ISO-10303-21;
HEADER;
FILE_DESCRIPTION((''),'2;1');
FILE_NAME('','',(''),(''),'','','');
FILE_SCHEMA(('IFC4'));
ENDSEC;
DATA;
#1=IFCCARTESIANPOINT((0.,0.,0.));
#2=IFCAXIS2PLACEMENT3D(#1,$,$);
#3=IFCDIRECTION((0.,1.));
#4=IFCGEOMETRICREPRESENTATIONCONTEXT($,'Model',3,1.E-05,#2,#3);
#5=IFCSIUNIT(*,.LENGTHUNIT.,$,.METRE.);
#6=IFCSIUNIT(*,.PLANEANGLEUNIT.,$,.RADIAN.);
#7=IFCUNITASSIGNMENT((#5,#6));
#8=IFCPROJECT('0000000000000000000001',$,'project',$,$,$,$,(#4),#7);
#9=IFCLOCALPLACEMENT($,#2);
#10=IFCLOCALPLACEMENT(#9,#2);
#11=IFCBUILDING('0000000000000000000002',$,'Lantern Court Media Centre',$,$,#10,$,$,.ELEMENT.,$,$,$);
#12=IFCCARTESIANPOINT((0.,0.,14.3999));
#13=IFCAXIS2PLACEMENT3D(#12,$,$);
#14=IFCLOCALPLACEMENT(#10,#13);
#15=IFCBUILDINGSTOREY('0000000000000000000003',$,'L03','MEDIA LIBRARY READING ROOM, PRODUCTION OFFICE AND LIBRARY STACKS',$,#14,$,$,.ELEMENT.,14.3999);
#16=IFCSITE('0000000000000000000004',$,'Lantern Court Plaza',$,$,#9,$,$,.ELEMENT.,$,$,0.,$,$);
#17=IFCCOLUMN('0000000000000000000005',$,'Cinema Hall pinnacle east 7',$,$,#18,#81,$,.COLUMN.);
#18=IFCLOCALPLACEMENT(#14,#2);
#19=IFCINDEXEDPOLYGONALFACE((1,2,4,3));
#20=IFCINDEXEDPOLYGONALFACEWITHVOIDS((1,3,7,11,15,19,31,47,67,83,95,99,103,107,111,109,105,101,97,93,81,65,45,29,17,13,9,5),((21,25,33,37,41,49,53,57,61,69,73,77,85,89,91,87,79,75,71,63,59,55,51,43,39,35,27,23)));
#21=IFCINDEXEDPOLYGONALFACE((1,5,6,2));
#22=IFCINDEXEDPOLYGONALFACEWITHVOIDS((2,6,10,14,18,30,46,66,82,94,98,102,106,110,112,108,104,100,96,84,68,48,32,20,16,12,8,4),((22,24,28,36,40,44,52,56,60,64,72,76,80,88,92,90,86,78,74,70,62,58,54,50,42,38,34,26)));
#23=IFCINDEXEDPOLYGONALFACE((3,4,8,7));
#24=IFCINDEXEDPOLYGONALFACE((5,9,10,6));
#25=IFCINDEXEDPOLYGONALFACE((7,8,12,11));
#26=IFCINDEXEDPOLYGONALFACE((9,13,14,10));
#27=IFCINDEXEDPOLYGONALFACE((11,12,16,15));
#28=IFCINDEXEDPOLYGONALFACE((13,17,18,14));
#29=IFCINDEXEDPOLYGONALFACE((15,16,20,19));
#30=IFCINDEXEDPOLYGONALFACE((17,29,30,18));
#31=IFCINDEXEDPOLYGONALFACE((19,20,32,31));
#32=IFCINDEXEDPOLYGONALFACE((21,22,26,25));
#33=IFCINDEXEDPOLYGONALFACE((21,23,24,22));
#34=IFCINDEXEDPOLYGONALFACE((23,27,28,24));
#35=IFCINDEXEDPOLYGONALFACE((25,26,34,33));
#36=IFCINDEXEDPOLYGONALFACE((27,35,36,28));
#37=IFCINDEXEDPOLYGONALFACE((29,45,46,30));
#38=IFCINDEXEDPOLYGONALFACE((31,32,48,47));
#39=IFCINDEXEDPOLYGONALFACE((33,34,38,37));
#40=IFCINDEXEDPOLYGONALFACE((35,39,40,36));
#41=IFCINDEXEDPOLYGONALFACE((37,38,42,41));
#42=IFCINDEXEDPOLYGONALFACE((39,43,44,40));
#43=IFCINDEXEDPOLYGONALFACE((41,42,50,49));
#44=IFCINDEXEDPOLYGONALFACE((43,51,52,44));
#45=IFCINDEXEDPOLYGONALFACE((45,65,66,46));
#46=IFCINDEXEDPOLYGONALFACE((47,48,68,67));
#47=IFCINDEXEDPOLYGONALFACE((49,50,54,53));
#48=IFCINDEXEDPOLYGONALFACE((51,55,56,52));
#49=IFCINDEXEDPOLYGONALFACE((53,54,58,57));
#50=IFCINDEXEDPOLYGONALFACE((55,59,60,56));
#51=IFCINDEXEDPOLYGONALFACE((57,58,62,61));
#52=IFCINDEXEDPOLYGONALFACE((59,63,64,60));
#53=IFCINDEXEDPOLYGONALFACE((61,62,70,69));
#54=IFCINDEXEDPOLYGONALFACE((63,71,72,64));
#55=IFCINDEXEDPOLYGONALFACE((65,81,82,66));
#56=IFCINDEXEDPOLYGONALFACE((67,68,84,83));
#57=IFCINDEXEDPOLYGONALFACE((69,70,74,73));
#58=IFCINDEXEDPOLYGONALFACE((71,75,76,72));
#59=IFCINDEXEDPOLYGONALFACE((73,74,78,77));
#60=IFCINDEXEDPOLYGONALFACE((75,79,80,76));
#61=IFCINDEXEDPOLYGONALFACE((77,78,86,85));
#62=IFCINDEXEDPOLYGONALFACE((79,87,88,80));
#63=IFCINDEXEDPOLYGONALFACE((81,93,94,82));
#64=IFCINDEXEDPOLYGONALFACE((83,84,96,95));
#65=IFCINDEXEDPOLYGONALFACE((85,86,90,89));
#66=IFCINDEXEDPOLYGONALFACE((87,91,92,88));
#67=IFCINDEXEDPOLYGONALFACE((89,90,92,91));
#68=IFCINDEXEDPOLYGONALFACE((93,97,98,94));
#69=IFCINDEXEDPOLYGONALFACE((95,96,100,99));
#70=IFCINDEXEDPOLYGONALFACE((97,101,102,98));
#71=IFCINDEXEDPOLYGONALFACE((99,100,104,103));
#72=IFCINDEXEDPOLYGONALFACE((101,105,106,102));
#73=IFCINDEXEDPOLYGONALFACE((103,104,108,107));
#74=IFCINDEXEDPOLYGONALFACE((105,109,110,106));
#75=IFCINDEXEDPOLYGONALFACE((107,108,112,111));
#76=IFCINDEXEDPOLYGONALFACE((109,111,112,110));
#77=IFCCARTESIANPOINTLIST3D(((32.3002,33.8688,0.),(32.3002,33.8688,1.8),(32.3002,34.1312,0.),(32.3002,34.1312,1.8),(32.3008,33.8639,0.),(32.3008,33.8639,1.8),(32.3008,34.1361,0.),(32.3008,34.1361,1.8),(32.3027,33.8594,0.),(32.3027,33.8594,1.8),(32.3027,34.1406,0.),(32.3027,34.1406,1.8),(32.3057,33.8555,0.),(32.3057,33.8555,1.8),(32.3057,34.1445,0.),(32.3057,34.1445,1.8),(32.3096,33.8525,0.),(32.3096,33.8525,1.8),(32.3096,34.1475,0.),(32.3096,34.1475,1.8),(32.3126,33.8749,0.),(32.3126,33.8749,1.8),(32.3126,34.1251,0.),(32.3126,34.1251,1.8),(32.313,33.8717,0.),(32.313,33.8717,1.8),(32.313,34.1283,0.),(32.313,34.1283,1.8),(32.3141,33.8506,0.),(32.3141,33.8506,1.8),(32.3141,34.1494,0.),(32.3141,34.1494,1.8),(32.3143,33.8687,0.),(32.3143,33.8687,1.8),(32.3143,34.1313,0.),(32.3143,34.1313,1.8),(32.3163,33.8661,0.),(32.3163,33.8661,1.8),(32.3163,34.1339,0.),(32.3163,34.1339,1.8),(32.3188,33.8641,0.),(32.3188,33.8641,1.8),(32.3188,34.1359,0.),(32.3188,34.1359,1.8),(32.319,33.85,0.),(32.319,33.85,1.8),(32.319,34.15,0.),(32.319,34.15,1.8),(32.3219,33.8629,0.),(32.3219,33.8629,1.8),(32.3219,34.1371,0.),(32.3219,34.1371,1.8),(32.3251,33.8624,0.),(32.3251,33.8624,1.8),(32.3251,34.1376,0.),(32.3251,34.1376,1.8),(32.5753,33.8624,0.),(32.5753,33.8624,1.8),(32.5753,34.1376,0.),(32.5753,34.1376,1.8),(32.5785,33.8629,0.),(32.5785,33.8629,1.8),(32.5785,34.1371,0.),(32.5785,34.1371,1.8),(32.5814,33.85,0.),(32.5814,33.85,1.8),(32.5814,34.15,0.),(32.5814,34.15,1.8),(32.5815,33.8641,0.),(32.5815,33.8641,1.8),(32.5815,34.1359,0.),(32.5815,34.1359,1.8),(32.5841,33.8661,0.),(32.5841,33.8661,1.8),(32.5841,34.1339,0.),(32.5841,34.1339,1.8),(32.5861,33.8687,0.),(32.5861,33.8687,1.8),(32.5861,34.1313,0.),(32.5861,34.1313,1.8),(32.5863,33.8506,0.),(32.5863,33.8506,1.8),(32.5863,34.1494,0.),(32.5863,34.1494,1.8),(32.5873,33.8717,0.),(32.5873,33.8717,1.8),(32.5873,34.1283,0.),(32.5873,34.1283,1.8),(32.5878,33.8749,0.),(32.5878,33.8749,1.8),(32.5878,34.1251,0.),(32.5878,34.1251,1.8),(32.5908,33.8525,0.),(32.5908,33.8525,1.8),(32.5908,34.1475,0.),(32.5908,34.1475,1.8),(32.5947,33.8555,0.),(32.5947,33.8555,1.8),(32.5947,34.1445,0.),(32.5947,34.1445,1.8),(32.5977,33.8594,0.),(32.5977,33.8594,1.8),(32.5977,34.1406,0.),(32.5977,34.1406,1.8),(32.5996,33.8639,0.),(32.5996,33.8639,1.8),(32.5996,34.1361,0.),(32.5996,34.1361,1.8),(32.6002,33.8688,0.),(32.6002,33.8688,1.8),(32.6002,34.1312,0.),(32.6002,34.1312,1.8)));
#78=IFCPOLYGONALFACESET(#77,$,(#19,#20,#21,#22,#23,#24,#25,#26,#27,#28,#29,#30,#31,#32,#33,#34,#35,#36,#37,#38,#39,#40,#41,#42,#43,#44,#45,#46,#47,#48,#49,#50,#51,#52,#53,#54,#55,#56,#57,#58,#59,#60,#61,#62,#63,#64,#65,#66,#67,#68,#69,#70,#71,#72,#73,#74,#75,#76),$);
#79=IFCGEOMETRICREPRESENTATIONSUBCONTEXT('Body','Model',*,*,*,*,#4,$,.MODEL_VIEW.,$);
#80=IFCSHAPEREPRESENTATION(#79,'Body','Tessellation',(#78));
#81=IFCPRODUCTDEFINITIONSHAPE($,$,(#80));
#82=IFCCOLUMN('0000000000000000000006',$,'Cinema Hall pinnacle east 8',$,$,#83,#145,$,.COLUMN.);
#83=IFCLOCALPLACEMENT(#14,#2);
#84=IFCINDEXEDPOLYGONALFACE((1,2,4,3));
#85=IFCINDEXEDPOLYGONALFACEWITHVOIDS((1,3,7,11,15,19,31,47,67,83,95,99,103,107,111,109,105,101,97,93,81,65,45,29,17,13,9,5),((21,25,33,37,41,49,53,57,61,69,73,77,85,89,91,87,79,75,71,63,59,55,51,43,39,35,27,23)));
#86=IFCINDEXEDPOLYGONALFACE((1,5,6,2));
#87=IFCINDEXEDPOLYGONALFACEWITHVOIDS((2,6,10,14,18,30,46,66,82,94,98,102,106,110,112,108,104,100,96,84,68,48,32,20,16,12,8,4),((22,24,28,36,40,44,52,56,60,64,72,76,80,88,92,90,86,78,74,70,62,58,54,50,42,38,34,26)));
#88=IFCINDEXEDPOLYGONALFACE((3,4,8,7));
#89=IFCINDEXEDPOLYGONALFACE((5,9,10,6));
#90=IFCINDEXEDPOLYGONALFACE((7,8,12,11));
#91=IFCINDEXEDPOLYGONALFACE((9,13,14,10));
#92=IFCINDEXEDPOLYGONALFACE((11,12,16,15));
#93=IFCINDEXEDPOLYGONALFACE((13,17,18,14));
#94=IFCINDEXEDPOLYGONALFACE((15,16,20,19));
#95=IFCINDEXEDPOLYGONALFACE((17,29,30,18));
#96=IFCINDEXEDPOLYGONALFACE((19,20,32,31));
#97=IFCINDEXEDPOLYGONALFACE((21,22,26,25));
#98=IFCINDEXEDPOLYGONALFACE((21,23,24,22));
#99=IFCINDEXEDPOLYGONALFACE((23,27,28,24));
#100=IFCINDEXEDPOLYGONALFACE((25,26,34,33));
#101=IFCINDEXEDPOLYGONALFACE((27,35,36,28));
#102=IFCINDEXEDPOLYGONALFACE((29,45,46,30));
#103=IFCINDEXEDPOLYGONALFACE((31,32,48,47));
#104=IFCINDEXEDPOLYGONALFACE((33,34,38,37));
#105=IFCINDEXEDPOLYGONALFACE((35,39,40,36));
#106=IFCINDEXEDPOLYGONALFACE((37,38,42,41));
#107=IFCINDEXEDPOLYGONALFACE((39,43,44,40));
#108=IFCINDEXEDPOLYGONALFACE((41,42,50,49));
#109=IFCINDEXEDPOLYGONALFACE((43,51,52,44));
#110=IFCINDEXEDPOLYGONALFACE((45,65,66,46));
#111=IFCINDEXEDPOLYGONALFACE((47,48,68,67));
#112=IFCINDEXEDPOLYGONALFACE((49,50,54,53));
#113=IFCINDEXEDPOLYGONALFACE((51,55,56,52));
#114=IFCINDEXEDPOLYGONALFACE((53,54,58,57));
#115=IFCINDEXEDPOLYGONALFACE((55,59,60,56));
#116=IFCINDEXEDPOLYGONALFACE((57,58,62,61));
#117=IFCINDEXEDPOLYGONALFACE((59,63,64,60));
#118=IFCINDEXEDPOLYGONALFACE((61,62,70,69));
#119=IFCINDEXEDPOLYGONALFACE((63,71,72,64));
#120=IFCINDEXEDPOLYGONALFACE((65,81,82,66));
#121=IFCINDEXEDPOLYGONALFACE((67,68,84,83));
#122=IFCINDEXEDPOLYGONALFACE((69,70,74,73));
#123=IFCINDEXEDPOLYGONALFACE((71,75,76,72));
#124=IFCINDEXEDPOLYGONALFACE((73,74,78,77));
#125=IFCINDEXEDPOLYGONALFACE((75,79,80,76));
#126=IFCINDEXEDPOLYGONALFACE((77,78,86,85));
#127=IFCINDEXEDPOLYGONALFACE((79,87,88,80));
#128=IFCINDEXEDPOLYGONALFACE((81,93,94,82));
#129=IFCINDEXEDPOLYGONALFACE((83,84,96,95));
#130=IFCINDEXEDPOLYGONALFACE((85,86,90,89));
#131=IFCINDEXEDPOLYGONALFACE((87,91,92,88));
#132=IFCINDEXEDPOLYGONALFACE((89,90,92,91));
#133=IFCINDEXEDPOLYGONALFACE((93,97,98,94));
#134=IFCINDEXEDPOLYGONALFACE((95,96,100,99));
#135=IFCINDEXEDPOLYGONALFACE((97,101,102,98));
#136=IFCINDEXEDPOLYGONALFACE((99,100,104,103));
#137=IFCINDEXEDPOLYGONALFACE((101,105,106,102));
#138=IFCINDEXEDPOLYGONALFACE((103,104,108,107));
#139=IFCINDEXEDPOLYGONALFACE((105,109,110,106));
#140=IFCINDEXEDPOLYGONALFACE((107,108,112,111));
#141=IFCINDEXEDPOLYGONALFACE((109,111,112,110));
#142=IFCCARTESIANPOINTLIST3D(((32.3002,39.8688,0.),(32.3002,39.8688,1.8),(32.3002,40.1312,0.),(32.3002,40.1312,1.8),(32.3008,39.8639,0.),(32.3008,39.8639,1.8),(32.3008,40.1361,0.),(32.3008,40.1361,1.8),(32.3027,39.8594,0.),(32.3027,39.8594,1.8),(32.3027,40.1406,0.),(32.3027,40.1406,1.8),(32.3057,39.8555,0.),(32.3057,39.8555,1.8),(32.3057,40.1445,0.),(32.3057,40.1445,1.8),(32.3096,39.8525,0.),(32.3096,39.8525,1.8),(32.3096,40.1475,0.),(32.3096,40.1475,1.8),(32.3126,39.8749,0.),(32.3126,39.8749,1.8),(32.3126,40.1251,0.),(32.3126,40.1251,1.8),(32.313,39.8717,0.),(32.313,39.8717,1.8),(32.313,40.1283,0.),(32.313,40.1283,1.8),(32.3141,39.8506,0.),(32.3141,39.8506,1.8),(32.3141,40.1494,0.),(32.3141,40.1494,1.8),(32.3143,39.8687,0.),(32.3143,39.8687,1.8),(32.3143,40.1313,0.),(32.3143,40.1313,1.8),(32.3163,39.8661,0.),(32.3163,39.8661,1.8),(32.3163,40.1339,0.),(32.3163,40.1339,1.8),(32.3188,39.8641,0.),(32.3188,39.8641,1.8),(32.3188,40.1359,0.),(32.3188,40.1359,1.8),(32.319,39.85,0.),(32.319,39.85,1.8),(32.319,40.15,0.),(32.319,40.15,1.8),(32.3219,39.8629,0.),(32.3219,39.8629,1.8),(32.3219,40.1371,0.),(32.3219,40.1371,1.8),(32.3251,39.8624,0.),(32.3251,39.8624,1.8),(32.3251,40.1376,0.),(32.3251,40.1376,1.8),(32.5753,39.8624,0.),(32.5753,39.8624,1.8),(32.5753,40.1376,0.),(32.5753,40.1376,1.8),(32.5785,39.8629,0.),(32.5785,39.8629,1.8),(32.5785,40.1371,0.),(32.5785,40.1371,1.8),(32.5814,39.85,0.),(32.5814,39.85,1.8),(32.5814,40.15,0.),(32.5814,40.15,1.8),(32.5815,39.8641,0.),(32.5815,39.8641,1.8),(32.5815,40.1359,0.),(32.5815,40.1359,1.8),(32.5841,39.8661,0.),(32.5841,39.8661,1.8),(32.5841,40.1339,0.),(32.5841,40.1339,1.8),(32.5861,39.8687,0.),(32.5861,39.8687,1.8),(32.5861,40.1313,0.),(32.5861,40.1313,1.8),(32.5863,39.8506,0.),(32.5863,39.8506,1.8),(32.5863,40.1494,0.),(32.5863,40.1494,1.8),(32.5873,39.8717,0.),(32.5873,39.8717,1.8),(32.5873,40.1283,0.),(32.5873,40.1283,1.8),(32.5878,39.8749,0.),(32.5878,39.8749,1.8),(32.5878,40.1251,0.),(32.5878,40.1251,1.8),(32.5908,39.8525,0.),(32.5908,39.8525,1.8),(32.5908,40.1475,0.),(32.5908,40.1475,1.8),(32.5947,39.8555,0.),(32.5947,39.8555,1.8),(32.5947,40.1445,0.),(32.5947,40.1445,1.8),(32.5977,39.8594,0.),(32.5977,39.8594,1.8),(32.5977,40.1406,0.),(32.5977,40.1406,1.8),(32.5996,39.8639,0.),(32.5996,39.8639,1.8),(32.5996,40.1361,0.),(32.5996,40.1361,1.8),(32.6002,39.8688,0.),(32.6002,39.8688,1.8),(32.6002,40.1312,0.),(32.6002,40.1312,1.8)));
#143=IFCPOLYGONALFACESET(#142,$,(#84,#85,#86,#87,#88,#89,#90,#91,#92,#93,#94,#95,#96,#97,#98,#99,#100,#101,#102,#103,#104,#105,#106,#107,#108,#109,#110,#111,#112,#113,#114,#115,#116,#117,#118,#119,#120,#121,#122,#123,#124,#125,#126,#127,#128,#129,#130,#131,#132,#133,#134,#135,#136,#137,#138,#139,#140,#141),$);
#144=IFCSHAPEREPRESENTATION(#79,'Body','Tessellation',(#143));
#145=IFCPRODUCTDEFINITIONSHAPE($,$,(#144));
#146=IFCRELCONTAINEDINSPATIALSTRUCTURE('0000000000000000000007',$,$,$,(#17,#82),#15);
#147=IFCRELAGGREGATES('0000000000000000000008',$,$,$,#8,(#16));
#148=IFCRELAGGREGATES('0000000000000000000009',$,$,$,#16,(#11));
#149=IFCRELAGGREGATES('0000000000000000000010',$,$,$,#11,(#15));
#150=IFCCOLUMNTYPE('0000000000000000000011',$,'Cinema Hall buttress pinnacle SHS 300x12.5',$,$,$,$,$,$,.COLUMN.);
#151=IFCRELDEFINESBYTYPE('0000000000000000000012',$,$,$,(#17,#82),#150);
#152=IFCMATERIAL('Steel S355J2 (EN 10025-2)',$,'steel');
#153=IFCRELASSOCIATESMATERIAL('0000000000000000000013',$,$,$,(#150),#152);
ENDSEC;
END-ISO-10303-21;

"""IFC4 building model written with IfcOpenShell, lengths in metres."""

from ifc_helpers import new_model, si_unit, direction, frame, origin, origin_2d, place, context, subcontext, project, spatial, hollow_rectangle, extrude, material, material_profile, profile_set, type_object, element, save


model = new_model("IFC4")

# Units and contexts
model_context = context("Model", 3, precision=1e-05, world=origin(), true_north=direction((0.0, 1.0)))
body_context = subcontext(model_context, "Body", "Model", "MODEL_VIEW")
ifc_project = project(units=[si_unit("LENGTHUNIT", "METRE"), si_unit("PLANEANGLEUNIT", "RADIAN")], contexts=[model_context])

# Site, building, storey
site_placement = place(None, origin())
site = spatial("IfcSite", under=ifc_project, at=site_placement, Name="Lantern Court Plaza", CompositionType="ELEMENT", RefElevation=0.0)
building_placement = place(site_placement, origin())
building = spatial("IfcBuilding", under=site, at=building_placement, Name="Lantern Court Media Centre", CompositionType="ELEMENT")
storey_placement = place(building_placement, frame((0.0, 0.0, 14.3999)))
storey = spatial("IfcBuildingStorey", under=building, at=storey_placement, Name="L03", Description="MEDIA LIBRARY READING ROOM, PRODUCTION OFFICE AND LIBRARY STACKS", CompositionType="ELEMENT", Elevation=14.3999)

# Columns
ifc_material_1 = material(Name="Steel S355J2 (EN 10025-2)", Category="steel")
ifc_material_profile_1 = material_profile(ifc_material_1, hollow_rectangle(XDim=0.3, YDim=0.3, WallThickness=0.0125, InnerFilletRadius=0.0125, OuterFilletRadius=0.0188, at=origin_2d()), Name="Cinema Hall buttress pinnacle SHS 300x12.5")
ifc_profile_set_1 = profile_set([ifc_material_profile_1], Name="Steel S355J2 (EN 10025-2)")
column_type_1 = type_object("IfcColumnType", Name="Cinema Hall buttress pinnacle SHS 300x12.5", PredefinedType="COLUMN", material=ifc_profile_set_1)
for number, where, z_axis, x_axis, name in (
    (1, (32.4502, 34.0, 0.0), (0.0, 0.0, 1.0), (1.0, 0.0, 0.0), "Cinema Hall pinnacle east 7"),
    (2, (32.4502, 40.0, 0.0), (0.0, 0.0, 1.0), (1.0, 0.0, 0.0), "Cinema Hall pinnacle east 8"),
):
    element("IfcColumn", number, at=place(storey_placement, frame(where, z_axis=z_axis, x_axis=x_axis)), inside=storey, type_object=column_type_1, Name=name, PredefinedType="COLUMN", context=body_context, shape_type="SweptSolid", body=[
        extrude(hollow_rectangle(XDim=0.3, YDim=0.3, WallThickness=0.0125, InnerFilletRadius=0.0125, OuterFilletRadius=0.0188, at=origin_2d()), origin(), (0.0, 0.0, 1.0), 1.8),
    ])

save(model, "model.ifc")
